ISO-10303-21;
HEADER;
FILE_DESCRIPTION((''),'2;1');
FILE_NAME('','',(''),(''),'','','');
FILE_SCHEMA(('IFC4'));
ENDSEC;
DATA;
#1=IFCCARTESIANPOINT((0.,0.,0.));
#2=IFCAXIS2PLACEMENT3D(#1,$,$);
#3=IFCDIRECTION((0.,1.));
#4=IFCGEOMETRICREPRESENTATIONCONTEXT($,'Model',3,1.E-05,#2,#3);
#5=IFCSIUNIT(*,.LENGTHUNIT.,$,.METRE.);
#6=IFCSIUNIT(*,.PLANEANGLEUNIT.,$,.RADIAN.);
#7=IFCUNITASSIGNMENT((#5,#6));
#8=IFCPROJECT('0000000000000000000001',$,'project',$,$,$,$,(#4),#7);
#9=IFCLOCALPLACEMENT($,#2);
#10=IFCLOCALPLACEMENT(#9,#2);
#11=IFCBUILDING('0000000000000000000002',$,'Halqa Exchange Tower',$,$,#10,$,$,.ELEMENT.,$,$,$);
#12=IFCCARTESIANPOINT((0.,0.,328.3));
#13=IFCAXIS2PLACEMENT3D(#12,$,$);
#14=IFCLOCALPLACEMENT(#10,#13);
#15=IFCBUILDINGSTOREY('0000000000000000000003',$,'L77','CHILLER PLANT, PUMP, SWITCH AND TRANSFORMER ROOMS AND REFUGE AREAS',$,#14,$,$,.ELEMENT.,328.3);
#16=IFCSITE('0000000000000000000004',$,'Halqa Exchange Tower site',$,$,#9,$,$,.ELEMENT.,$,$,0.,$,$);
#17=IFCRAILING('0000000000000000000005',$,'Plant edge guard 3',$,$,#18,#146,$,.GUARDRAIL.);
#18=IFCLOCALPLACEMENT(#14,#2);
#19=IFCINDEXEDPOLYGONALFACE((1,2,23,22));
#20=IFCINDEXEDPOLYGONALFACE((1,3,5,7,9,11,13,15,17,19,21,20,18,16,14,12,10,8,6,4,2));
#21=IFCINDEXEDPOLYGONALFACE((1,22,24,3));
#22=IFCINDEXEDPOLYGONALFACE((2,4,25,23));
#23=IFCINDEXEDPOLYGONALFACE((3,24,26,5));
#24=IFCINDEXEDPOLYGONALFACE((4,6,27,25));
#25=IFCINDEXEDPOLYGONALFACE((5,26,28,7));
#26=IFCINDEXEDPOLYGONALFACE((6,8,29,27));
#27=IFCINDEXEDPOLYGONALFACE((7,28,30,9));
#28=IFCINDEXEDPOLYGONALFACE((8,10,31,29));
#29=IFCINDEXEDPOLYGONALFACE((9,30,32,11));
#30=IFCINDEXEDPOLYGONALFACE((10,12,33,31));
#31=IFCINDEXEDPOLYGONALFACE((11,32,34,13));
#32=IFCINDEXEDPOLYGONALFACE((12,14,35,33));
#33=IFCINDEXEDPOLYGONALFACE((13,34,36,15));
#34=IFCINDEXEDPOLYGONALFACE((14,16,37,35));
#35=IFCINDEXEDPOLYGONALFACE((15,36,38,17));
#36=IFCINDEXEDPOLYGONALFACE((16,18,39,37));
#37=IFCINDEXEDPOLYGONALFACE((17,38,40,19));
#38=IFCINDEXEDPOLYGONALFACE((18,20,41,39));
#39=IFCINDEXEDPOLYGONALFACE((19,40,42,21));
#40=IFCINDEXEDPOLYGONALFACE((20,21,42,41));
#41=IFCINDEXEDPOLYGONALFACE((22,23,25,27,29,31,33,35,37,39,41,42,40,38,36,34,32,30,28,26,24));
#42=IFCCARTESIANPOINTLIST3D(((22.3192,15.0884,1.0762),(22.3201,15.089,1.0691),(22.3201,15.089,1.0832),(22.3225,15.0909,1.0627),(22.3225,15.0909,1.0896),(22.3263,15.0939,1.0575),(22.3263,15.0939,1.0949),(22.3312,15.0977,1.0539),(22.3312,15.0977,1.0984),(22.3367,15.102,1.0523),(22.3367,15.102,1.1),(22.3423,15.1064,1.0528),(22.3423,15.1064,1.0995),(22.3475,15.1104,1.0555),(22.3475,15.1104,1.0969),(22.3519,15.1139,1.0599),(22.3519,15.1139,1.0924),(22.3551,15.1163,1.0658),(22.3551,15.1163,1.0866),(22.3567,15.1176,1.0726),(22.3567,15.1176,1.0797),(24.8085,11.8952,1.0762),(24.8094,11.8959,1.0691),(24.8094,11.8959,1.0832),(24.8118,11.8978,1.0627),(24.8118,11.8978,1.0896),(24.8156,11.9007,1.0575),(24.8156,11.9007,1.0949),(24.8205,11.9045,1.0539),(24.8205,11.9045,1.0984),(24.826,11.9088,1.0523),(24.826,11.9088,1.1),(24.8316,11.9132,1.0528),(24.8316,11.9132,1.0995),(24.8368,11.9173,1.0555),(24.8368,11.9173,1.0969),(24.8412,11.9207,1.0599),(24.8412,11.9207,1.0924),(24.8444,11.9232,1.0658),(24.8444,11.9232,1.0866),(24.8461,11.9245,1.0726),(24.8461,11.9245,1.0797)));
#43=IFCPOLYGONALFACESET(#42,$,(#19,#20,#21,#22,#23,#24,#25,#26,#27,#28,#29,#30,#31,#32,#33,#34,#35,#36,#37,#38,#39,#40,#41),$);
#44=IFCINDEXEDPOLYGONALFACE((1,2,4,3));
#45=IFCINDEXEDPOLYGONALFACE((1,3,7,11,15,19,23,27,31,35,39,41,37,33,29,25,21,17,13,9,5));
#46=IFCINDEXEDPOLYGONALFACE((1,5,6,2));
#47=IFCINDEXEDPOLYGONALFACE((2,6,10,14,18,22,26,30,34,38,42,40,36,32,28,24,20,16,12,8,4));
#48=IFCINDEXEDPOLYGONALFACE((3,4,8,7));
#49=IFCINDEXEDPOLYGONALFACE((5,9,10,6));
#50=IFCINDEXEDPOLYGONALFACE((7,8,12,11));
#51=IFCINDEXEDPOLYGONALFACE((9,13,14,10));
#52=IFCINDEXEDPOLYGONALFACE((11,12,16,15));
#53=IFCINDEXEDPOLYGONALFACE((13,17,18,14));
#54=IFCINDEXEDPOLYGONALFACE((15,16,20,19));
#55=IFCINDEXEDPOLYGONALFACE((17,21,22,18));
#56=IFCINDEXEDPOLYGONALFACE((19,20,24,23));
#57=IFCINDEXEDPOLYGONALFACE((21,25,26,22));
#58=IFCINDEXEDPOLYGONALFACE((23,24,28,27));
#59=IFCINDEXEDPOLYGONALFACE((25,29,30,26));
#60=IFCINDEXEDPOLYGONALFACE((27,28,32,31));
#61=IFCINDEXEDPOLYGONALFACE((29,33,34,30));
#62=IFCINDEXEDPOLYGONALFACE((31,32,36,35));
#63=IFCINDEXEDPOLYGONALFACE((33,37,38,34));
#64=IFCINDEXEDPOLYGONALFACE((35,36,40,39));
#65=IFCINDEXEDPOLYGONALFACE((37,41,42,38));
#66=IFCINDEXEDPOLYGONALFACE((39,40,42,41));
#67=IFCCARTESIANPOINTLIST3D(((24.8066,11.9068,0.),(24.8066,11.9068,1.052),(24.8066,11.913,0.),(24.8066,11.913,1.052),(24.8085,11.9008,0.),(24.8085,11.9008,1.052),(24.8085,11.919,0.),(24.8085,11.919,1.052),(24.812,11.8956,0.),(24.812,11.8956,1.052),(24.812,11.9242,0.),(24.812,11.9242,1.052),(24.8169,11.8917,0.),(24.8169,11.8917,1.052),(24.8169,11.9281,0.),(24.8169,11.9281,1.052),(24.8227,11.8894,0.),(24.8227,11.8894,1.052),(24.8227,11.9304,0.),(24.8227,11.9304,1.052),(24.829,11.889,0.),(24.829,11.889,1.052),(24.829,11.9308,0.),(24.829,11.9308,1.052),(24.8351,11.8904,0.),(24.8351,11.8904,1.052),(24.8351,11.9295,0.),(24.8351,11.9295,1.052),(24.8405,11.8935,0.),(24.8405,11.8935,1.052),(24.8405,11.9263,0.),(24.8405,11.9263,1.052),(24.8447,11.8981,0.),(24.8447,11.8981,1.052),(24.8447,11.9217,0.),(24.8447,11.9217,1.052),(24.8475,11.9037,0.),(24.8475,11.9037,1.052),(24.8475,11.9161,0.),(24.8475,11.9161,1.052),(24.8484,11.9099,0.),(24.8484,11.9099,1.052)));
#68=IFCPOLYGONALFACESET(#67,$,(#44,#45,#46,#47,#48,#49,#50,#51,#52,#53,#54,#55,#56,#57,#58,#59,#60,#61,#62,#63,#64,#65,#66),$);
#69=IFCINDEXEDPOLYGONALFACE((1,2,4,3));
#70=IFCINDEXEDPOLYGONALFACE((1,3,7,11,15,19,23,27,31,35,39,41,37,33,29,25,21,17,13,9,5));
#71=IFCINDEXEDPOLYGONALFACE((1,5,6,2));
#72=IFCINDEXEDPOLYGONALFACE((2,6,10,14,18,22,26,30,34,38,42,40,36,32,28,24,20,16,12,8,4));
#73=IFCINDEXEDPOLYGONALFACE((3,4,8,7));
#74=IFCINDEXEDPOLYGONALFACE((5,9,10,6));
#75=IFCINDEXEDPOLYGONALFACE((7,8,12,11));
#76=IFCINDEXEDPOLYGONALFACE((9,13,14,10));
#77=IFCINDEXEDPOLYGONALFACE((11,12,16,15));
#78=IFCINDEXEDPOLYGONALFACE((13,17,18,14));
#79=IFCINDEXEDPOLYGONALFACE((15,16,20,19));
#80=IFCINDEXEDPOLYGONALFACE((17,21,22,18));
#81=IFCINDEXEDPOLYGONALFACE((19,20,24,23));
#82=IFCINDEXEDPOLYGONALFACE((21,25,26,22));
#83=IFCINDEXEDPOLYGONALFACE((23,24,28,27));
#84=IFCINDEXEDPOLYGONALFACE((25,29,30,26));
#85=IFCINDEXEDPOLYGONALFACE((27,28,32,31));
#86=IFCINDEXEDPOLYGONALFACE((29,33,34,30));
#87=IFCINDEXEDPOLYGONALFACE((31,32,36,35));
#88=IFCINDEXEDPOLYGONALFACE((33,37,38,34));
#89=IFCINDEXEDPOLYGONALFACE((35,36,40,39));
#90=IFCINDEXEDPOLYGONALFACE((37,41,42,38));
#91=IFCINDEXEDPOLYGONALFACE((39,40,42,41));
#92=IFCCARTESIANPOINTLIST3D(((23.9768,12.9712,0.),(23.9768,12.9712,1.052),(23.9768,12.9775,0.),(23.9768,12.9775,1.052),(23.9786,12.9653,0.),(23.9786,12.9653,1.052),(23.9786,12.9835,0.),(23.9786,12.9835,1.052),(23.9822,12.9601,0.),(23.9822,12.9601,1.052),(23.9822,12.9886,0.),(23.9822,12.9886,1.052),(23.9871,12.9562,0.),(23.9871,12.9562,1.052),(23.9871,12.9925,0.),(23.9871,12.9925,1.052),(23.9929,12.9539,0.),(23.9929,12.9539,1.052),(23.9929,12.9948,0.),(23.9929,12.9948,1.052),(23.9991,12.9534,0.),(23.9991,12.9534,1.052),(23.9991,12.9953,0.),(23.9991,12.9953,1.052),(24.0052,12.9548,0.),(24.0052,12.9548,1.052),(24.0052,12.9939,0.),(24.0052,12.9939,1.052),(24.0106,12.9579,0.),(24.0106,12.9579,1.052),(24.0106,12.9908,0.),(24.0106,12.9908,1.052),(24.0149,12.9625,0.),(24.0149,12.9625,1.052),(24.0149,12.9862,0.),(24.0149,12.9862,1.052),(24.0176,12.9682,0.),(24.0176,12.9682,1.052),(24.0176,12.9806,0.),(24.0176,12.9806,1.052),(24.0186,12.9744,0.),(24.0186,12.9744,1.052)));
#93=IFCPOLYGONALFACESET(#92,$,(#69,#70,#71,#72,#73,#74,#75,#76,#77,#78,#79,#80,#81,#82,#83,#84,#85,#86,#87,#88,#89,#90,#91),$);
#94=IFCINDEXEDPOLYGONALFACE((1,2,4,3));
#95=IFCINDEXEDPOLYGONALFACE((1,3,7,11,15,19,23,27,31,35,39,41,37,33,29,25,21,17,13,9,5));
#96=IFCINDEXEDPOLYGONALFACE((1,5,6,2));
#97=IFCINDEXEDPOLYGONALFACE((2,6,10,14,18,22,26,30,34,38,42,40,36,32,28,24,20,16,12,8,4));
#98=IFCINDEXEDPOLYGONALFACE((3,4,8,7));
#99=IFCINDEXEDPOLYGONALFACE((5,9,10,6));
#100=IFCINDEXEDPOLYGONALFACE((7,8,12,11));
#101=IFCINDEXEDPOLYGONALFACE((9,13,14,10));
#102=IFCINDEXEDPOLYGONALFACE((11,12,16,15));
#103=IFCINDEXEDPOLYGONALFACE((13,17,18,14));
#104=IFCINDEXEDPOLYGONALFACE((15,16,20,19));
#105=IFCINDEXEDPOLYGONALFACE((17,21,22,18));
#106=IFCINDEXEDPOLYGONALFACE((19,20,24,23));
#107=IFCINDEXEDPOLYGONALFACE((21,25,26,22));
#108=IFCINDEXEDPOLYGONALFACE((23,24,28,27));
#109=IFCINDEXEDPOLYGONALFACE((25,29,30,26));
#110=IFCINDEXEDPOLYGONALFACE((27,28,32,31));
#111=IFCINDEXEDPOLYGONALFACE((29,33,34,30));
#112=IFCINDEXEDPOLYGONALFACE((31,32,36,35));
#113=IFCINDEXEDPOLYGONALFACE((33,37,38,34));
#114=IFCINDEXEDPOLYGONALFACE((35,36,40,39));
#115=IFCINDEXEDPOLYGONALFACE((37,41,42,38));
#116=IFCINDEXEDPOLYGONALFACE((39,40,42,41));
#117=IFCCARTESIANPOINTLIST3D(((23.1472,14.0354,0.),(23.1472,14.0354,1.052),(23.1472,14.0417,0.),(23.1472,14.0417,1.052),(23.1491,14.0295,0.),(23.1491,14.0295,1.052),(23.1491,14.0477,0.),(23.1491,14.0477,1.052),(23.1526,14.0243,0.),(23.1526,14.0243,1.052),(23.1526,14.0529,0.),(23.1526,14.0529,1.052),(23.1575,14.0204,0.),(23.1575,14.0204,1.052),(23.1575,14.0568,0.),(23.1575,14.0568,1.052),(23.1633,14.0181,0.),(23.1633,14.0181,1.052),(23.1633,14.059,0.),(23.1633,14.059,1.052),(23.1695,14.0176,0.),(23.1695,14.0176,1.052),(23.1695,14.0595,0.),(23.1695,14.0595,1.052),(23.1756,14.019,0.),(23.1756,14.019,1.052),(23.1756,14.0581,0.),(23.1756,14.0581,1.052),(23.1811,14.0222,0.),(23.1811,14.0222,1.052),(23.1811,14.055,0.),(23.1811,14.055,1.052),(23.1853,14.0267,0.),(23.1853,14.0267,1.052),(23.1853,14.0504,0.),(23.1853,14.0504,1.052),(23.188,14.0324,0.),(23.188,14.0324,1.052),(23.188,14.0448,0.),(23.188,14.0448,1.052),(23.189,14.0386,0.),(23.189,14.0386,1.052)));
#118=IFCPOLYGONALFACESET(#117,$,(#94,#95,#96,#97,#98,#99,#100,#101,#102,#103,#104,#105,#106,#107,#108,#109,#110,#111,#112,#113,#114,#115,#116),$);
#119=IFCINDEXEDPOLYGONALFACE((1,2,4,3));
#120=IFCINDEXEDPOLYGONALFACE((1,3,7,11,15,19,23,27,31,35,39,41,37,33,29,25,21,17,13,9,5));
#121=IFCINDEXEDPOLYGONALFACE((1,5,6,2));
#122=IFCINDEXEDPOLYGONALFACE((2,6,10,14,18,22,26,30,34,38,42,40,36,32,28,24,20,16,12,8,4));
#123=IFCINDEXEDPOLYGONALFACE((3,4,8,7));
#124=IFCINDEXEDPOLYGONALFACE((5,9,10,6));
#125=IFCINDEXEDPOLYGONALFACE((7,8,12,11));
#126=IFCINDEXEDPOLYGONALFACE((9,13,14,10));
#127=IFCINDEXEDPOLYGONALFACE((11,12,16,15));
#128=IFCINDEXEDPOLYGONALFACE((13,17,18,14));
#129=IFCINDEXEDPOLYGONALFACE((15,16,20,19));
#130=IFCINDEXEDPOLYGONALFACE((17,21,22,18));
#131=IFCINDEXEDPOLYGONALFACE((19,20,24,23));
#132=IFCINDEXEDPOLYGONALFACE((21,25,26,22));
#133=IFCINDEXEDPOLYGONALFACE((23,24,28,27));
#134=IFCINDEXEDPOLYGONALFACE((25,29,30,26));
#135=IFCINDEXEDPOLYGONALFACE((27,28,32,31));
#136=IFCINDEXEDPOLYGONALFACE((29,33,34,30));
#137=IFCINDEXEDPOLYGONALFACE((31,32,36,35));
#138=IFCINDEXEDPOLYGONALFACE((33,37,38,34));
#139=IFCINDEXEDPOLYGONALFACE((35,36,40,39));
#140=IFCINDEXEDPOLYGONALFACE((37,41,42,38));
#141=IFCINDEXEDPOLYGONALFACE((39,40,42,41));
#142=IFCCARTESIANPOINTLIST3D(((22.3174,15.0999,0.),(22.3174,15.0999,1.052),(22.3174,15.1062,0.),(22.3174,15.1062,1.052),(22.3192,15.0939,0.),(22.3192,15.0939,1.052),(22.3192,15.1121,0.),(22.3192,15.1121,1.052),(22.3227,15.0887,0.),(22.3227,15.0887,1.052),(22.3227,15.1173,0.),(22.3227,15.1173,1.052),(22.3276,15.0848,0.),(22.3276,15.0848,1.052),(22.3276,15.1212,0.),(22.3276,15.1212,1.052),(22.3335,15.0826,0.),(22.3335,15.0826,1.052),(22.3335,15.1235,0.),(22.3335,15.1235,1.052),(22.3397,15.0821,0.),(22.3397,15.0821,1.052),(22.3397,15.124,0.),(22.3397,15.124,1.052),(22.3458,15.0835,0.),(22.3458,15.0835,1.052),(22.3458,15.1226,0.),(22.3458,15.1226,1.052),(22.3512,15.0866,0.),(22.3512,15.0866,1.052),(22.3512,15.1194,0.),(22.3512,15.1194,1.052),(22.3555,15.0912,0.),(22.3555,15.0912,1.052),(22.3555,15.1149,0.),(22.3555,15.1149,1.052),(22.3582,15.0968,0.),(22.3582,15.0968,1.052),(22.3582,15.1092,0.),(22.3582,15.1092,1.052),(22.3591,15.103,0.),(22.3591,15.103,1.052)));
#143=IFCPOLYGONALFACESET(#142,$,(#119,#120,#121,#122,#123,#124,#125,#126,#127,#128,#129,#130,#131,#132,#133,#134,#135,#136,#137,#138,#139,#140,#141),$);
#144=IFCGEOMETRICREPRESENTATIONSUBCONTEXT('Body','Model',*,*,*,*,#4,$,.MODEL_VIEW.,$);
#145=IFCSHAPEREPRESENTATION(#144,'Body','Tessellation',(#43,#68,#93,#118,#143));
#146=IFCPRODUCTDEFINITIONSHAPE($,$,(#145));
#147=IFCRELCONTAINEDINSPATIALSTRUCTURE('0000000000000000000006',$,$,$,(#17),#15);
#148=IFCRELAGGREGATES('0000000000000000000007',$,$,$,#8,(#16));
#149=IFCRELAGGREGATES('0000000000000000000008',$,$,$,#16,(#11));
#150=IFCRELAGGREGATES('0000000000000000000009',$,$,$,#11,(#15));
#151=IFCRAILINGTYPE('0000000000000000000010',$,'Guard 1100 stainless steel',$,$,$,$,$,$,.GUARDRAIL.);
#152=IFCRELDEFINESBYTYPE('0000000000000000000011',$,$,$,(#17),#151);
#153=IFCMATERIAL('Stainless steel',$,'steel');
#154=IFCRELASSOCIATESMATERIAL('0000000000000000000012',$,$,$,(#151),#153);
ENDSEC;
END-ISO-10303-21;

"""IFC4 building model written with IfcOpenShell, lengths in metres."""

from ifc_helpers import new_model, si_unit, direction, frame, origin, origin_2d, place, context, subcontext, project, spatial, circle, extrude, material, type_object, element, save


model = new_model("IFC4")

# Units and contexts
model_context = context("Model", 3, precision=1e-05, world=origin(), true_north=direction((0.0, 1.0)))
body_context = subcontext(model_context, "Body", "Model", "MODEL_VIEW")
ifc_project = project(units=[si_unit("LENGTHUNIT", "METRE"), si_unit("PLANEANGLEUNIT", "RADIAN")], contexts=[model_context])

# Site, building, storey
site_placement = place(None, origin())
site = spatial("IfcSite", under=ifc_project, at=site_placement, Name="Halqa Exchange Tower site", CompositionType="ELEMENT", RefElevation=0.0)
building_placement = place(site_placement, origin())
building = spatial("IfcBuilding", under=site, at=building_placement, Name="Halqa Exchange Tower", CompositionType="ELEMENT")
storey_placement = place(building_placement, frame((0.0, 0.0, 328.3)))
storey = spatial("IfcBuildingStorey", under=building, at=storey_placement, Name="L77", Description="CHILLER PLANT, PUMP, SWITCH AND TRANSFORMER ROOMS AND REFUGE AREAS", CompositionType="ELEMENT", Elevation=328.3)

# Railing
ifc_material_1 = material(Name="Stainless steel", Category="steel")
railing_type = type_object("IfcRailingType", Name="Guard 1100 stainless steel", PredefinedType="GUARDRAIL", material=ifc_material_1)
railing_1_placement = place(storey_placement, frame((24.8274, 11.9099, 0.0)))
element("IfcRailing", 1, at=railing_1_placement, inside=storey, type_object=railing_type, Name="Plant edge guard 3", PredefinedType="GUARDRAIL", context=body_context, shape_type="SweptSolid", body=[
    extrude(circle(Radius=0.0239, at=origin_2d()), frame((0.0, 0.0, 1.0762), z_axis=(-0.614821, 0.788667, 0.0), x_axis=(-0.788667, -0.614821, 0.0)), (0.0, 0.0, 1.0), 4.0488),
    extrude(circle(Radius=0.021, at=origin_2d()), origin(), (0.0, 0.0, 1.0), 1.052),
    extrude(circle(Radius=0.021, at=origin_2d()), frame((-0.8298, 1.0645, 0.0)), (0.0, 0.0, 1.0), 1.052),
    extrude(circle(Radius=0.021, at=origin_2d()), frame((-1.6594, 2.1287, 0.0)), (0.0, 0.0, 1.0), 1.052),
    extrude(circle(Radius=0.021, at=origin_2d()), frame((-2.4893, 3.1931, 0.0)), (0.0, 0.0, 1.0), 1.052),
])

save(model, "model.ifc")
